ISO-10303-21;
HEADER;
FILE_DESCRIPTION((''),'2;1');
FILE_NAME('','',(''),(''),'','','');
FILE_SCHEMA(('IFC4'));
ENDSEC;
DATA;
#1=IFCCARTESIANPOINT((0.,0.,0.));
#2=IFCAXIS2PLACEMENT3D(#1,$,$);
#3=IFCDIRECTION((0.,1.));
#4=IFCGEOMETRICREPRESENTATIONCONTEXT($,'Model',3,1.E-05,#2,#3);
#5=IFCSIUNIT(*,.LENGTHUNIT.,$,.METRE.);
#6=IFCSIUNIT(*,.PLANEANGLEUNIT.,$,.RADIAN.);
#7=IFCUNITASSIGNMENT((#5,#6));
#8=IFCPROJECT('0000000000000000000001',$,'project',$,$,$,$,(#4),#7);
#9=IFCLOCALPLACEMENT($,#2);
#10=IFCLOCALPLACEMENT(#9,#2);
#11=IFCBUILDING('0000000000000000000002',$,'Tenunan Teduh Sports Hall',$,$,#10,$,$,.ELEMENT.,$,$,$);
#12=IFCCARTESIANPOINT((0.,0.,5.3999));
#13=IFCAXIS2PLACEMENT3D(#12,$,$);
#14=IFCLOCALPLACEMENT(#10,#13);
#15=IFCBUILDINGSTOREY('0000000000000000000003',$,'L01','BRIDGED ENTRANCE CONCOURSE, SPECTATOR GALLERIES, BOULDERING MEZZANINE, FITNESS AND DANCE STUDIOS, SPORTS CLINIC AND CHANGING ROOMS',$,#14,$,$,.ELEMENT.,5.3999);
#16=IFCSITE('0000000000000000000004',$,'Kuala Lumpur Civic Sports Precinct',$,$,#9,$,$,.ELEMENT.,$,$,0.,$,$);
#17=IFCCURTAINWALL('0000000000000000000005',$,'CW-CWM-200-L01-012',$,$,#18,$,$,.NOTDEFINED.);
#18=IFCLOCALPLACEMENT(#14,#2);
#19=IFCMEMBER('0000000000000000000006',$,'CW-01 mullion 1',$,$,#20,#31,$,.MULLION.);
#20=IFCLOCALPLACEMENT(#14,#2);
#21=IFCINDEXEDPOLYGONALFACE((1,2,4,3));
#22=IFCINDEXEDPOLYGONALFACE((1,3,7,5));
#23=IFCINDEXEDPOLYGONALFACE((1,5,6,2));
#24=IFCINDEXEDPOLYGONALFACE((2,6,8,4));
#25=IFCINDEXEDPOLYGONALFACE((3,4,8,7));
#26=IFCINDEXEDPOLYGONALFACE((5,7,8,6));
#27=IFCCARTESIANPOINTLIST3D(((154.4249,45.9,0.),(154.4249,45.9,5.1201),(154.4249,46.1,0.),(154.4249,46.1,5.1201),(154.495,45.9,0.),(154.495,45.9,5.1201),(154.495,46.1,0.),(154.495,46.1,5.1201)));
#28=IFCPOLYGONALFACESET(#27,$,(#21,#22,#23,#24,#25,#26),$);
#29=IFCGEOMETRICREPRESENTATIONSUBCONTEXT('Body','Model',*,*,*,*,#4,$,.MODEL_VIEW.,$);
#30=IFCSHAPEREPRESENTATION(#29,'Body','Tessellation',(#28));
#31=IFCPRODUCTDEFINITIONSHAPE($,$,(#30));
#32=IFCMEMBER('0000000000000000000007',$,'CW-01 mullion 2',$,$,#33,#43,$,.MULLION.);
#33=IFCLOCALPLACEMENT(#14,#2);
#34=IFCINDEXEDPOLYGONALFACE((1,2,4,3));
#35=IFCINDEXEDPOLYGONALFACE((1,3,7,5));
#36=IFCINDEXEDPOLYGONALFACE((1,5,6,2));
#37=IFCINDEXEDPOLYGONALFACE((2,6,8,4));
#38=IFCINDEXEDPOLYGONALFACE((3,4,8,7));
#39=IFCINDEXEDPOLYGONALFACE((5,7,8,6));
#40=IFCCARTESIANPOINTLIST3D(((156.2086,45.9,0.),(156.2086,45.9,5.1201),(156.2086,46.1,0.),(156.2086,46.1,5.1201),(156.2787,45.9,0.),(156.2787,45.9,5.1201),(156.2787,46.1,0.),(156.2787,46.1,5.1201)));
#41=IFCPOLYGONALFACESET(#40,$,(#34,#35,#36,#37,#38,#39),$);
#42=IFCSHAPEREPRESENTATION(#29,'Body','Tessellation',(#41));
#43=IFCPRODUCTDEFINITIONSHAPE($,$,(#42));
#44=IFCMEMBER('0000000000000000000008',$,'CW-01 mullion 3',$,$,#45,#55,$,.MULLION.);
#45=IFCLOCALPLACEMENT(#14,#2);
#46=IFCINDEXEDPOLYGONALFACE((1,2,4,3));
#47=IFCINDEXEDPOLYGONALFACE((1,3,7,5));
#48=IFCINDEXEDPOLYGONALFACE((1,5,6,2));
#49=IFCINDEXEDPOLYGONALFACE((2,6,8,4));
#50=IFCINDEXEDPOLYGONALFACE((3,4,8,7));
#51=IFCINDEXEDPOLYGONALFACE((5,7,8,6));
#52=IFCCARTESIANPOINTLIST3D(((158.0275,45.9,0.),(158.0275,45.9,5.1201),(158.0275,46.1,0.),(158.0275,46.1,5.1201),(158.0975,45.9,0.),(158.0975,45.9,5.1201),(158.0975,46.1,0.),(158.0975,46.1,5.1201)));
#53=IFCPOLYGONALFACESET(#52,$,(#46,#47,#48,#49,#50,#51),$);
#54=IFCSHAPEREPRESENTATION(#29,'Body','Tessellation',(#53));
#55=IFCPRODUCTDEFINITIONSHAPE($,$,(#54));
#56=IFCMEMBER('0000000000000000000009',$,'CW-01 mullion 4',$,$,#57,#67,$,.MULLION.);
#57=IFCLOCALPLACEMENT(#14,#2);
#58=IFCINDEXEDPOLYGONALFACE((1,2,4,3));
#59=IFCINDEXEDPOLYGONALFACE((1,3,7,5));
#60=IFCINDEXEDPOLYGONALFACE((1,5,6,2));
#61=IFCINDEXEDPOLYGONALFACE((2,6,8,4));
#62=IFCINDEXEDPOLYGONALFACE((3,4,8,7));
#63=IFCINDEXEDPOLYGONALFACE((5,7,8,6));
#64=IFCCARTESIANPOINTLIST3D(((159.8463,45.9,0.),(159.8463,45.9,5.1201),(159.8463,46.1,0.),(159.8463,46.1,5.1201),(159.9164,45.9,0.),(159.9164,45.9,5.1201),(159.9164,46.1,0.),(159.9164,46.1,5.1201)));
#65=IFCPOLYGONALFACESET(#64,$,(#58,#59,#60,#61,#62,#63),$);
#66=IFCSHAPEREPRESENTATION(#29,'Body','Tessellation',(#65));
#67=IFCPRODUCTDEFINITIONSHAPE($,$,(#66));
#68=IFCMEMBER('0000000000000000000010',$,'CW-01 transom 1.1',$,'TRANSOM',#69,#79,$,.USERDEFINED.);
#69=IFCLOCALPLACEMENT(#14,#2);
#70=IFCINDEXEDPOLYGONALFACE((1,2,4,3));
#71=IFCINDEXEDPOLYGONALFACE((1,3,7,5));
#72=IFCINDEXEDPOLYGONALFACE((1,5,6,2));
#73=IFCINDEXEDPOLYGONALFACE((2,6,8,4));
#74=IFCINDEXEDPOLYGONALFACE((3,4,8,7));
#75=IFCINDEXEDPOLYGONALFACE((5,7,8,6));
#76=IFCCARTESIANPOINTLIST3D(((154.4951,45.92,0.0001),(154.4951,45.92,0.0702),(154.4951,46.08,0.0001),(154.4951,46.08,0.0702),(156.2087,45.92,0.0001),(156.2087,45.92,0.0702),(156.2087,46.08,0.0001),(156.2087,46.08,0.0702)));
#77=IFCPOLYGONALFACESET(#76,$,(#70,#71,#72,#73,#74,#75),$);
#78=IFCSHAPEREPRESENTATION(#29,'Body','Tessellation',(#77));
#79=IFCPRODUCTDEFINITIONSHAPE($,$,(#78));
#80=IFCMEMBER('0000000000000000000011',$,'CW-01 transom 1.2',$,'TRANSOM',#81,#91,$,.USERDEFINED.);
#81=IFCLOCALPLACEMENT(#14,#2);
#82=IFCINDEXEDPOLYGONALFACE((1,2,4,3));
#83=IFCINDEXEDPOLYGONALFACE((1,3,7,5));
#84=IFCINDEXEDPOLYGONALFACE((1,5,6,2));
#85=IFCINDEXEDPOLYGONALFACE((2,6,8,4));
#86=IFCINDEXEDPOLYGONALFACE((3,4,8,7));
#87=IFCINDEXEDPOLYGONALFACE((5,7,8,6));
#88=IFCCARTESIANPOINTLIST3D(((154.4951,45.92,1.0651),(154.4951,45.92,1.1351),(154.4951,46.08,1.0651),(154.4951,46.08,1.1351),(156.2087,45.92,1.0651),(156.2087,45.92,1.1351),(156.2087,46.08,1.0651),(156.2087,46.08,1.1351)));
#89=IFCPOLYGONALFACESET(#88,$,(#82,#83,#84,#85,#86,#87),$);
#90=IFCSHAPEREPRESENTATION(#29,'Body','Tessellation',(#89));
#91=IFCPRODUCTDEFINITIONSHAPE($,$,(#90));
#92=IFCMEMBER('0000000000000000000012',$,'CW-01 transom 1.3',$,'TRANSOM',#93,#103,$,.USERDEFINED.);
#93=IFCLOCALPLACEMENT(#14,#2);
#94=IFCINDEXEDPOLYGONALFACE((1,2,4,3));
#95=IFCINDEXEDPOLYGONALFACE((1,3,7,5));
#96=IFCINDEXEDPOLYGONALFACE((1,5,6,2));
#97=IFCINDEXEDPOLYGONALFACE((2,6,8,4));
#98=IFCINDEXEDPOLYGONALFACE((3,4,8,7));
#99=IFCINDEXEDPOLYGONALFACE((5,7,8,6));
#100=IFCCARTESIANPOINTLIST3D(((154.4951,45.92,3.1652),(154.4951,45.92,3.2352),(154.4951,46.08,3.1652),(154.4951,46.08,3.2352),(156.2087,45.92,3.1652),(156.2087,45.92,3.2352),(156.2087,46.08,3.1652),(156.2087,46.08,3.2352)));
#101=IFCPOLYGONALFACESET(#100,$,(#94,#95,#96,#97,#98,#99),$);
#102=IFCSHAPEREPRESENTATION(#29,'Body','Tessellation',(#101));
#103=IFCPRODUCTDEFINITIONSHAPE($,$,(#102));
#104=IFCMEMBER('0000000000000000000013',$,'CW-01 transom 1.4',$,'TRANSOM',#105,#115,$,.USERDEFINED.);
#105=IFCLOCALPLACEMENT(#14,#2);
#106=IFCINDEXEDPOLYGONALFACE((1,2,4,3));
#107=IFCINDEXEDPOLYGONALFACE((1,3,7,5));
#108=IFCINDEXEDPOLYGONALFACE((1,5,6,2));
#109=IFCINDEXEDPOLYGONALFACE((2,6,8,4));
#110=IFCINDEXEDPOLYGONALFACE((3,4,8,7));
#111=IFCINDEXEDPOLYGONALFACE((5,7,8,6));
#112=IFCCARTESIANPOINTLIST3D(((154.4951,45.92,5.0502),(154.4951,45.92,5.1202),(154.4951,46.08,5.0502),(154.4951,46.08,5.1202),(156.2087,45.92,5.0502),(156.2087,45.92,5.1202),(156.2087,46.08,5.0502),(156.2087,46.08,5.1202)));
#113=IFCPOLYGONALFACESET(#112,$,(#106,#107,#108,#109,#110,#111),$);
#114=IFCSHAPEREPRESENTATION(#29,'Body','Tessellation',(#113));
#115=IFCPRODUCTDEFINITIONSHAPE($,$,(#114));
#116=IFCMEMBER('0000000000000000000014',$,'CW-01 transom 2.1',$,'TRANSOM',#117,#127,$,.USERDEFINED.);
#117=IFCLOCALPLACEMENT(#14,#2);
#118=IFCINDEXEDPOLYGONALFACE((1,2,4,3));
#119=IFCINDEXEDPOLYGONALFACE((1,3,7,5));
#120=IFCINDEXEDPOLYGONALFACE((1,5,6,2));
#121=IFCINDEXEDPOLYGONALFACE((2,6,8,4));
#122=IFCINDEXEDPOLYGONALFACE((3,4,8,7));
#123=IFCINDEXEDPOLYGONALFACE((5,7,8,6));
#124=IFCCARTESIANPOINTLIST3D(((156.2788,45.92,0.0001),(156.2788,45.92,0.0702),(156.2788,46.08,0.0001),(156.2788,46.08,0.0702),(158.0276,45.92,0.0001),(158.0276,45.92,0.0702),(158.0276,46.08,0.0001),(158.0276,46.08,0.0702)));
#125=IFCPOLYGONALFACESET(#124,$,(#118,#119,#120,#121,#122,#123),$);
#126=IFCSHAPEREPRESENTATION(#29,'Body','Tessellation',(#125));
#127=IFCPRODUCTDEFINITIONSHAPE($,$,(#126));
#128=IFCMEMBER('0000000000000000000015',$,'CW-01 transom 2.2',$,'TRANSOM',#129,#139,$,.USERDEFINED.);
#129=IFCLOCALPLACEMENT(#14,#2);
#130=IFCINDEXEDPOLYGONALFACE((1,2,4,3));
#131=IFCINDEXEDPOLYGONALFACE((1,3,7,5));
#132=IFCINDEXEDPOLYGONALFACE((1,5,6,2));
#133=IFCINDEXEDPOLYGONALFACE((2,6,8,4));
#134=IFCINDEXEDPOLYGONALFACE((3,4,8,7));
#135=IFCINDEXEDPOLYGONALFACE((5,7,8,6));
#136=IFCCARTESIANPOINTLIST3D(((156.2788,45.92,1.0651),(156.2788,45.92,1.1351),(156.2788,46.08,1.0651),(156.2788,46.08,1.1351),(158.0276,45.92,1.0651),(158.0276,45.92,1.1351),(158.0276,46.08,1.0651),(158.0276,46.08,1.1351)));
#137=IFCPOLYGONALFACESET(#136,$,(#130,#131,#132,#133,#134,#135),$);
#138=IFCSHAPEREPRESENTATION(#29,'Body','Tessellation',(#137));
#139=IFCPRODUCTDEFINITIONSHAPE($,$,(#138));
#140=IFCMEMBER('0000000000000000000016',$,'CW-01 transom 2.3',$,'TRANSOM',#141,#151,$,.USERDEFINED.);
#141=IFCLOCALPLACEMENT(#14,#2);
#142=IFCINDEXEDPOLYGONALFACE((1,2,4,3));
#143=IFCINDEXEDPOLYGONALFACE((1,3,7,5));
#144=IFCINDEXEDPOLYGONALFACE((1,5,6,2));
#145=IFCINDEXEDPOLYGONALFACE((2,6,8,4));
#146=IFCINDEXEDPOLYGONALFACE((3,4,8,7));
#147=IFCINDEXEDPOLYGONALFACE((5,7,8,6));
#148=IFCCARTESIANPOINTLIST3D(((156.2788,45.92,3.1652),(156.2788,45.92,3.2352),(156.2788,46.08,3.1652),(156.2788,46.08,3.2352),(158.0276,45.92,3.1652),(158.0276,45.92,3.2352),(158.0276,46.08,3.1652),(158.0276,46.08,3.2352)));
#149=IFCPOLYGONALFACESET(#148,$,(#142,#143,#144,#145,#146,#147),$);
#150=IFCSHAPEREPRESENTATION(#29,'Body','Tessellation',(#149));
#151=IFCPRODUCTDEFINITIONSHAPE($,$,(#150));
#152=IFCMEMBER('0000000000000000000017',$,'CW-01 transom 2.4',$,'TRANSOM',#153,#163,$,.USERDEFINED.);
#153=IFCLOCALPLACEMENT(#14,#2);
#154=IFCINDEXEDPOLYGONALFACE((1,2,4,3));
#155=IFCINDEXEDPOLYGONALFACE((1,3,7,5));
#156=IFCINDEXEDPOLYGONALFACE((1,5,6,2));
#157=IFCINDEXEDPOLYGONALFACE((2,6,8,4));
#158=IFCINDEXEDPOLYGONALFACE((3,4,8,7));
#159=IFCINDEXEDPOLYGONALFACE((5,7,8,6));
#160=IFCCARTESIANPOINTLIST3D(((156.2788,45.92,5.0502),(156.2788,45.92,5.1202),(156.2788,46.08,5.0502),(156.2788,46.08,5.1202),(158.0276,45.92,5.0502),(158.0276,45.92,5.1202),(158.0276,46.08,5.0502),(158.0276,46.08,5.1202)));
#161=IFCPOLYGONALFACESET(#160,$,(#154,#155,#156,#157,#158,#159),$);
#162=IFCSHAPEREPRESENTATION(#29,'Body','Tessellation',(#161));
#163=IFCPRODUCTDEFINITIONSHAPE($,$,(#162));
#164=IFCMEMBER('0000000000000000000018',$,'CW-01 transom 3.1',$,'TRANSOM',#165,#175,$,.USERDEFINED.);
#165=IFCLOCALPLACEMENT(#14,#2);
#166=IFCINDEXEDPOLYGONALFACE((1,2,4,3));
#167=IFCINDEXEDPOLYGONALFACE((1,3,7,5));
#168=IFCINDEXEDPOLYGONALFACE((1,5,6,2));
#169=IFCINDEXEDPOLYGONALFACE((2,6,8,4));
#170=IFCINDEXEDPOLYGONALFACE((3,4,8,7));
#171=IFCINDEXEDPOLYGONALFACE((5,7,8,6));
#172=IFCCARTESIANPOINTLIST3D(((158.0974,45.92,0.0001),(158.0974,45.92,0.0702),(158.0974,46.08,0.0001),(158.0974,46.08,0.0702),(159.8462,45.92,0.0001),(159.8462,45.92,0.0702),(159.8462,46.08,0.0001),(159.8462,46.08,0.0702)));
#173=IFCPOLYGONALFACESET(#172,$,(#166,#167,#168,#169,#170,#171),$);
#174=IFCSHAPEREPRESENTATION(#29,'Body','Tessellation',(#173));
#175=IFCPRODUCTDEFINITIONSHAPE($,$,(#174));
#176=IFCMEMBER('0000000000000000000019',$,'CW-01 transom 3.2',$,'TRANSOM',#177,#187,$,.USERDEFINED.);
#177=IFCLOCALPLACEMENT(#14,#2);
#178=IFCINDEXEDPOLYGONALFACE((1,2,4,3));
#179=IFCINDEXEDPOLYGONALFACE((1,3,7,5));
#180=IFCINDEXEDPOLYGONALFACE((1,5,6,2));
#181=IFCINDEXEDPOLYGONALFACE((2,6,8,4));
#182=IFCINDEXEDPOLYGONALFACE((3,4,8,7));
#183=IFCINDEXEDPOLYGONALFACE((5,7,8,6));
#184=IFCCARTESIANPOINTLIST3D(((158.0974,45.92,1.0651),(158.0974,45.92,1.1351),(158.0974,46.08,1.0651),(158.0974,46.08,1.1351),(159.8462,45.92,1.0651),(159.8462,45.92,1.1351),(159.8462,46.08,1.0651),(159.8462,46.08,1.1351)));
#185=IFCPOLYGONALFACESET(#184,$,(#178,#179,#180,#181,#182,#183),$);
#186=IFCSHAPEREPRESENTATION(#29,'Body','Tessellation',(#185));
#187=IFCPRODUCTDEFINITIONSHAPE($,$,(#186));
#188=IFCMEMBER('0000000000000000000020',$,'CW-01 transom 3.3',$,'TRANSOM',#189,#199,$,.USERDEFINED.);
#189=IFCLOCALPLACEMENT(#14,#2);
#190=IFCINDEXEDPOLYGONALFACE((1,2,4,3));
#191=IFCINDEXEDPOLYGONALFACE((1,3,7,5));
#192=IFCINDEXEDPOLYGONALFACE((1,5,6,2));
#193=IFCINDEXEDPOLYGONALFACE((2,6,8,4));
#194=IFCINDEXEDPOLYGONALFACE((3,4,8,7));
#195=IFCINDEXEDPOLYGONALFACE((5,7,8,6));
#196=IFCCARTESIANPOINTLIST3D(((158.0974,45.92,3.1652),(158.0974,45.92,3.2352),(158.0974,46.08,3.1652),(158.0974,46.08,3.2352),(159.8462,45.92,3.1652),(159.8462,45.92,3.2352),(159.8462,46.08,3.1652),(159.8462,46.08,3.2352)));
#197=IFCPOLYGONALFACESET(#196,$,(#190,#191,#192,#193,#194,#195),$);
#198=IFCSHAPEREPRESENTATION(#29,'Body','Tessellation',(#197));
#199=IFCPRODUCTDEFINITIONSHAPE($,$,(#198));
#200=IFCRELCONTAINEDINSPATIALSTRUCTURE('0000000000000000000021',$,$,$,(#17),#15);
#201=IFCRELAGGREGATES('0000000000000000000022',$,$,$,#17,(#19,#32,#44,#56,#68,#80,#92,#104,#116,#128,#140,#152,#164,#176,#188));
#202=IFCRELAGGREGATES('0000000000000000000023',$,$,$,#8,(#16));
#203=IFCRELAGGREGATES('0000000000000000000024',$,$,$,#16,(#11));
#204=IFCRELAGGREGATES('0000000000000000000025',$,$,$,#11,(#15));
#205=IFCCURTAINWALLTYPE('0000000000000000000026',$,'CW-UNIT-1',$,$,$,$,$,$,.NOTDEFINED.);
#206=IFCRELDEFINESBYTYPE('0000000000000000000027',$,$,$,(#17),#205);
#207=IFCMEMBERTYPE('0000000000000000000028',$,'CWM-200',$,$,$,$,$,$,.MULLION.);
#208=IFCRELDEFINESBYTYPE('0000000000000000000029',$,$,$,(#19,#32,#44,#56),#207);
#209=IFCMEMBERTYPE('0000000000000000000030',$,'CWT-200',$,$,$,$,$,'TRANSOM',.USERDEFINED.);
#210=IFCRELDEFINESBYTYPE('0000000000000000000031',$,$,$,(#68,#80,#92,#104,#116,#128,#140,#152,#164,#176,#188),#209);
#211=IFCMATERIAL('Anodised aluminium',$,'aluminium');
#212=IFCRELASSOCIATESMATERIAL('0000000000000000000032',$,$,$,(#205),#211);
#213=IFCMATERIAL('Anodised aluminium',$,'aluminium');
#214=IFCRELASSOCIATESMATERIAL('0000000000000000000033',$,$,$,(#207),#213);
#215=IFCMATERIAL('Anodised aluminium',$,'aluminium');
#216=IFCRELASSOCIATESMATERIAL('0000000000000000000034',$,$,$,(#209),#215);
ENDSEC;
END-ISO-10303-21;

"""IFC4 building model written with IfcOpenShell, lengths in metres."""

from ifc_helpers import new_model, si_unit, direction, frame, origin, origin_2d, place, context, subcontext, project, spatial, rectangle, extrude, material, material_profile, profile_set, type_object, element, aggregate, save


model = new_model("IFC4")

# Units and contexts
model_context = context("Model", 3, precision=1e-05, world=origin(), true_north=direction((0.0, 1.0)))
body_context = subcontext(model_context, "Body", "Model", "MODEL_VIEW")
ifc_project = project(units=[si_unit("LENGTHUNIT", "METRE"), si_unit("PLANEANGLEUNIT", "RADIAN")], contexts=[model_context])

# Site, building, storey
site_placement = place(None, origin())
site = spatial("IfcSite", under=ifc_project, at=site_placement, Name="Kuala Lumpur Civic Sports Precinct", CompositionType="ELEMENT", RefElevation=0.0)
building_placement = place(site_placement, origin())
building = spatial("IfcBuilding", under=site, at=building_placement, Name="Tenunan Teduh Sports Hall", CompositionType="ELEMENT")
storey_placement = place(building_placement, frame((0.0, 0.0, 5.3999)))
storey = spatial("IfcBuildingStorey", under=building, at=storey_placement, Name="L01", Description="BRIDGED ENTRANCE CONCOURSE, SPECTATOR GALLERIES, BOULDERING MEZZANINE, FITNESS AND DANCE STUDIOS, SPORTS CLINIC AND CHANGING ROOMS", CompositionType="ELEMENT", Elevation=5.3999)

# Curtain wall, members
ifc_material_1 = material(Name="Anodised aluminium", Category="aluminium")
curtain_wall_type = type_object("IfcCurtainWallType", Name="CW-UNIT-1", PredefinedType="NOTDEFINED", material=ifc_material_1)
curtain_wall_placement = place(storey_placement, origin())
curtain_wall = element("IfcCurtainWall", 1, at=curtain_wall_placement, inside=storey, type_object=curtain_wall_type, Name="CW-CWM-200-L01-012", PredefinedType="NOTDEFINED")
ifc_material_2 = material(Name="Anodised aluminium", Category="aluminium")
ifc_material_profile_1 = material_profile(ifc_material_2, rectangle(XDim=0.0701, YDim=0.2, at=origin_2d()), Name="CWM 70x200")
ifc_profile_set_1 = profile_set([ifc_material_profile_1], Name="Anodised aluminium")
member_type_1 = type_object("IfcMemberType", Name="CWM-200", PredefinedType="MULLION", material=ifc_profile_set_1)
member_1_placement = place(storey_placement, frame((154.46, 46.0, 0.0), z_axis=(0.0, 0.0, 1.0), x_axis=(1.0, 0.0, 0.0)))
member_1 = element("IfcMember", 2, at=member_1_placement, type_object=member_type_1, Name="CW-01 mullion 1", PredefinedType="MULLION", context=body_context, shape_type="SweptSolid", body=[
    extrude(rectangle(XDim=0.0701, YDim=0.2, at=origin_2d()), origin(), (0.0, 0.0, 1.0), 5.1201),
])
member_2_placement = place(storey_placement, frame((156.2437, 46.0, 0.0), z_axis=(0.0, 0.0, 1.0), x_axis=(1.0, 0.0, 0.0)))
member_2 = element("IfcMember", 3, at=member_2_placement, type_object=member_type_1, Name="CW-01 mullion 2", PredefinedType="MULLION", context=body_context, shape_type="SweptSolid", body=[
    extrude(rectangle(XDim=0.0701, YDim=0.2, at=origin_2d()), origin(), (0.0, 0.0, 1.0), 5.1201),
])
member_3_placement = place(storey_placement, frame((158.0625, 46.0, 0.0), z_axis=(0.0, 0.0, 1.0), x_axis=(1.0, 0.0, 0.0)))
member_3 = element("IfcMember", 4, at=member_3_placement, type_object=member_type_1, Name="CW-01 mullion 3", PredefinedType="MULLION", context=body_context, shape_type="SweptSolid", body=[
    extrude(rectangle(XDim=0.0701, YDim=0.2, at=origin_2d()), origin(), (0.0, 0.0, 1.0), 5.1201),
])
member_4_placement = place(storey_placement, frame((159.8813, 46.0, 0.0), z_axis=(0.0, 0.0, 1.0), x_axis=(1.0, 0.0, 0.0)))
member_4 = element("IfcMember", 5, at=member_4_placement, type_object=member_type_1, Name="CW-01 mullion 4", PredefinedType="MULLION", context=body_context, shape_type="SweptSolid", body=[
    extrude(rectangle(XDim=0.0701, YDim=0.2, at=origin_2d()), origin(), (0.0, 0.0, 1.0), 5.1201),
])
ifc_material_3 = material(Name="Anodised aluminium", Category="aluminium")
ifc_material_profile_2 = material_profile(ifc_material_3, rectangle(XDim=0.0701, YDim=0.1599, at=origin_2d()), Name="CWT 70x160")
ifc_profile_set_2 = profile_set([ifc_material_profile_2], Name="Anodised aluminium")
member_type_2 = type_object("IfcMemberType", Name="CWT-200", ElementType="TRANSOM", PredefinedType="USERDEFINED", material=ifc_profile_set_2)
member_5_placement = place(storey_placement, frame((154.4951, 46.0, 0.0352), z_axis=(1.0, 0.0, 0.0), x_axis=(0.0, 0.0, 1.0)))
member_5 = element("IfcMember", 6, at=member_5_placement, type_object=member_type_2, Name="CW-01 transom 1.1", ObjectType="TRANSOM", PredefinedType="USERDEFINED", context=body_context, shape_type="SweptSolid", body=[
    extrude(rectangle(XDim=0.0701, YDim=0.1599, at=origin_2d()), origin(), (0.0, 0.0, 1.0), 1.7136),
])
member_6_placement = place(storey_placement, frame((154.4951, 46.0, 1.1001), z_axis=(1.0, 0.0, 0.0), x_axis=(0.0, 0.0, 1.0)))
member_6 = element("IfcMember", 7, at=member_6_placement, type_object=member_type_2, Name="CW-01 transom 1.2", ObjectType="TRANSOM", PredefinedType="USERDEFINED", context=body_context, shape_type="SweptSolid", body=[
    extrude(rectangle(XDim=0.0701, YDim=0.1599, at=origin_2d()), origin(), (0.0, 0.0, 1.0), 1.7136),
])
member_7_placement = place(storey_placement, frame((154.4951, 46.0, 3.2002), z_axis=(1.0, 0.0, 0.0), x_axis=(0.0, 0.0, 1.0)))
member_7 = element("IfcMember", 8, at=member_7_placement, type_object=member_type_2, Name="CW-01 transom 1.3", ObjectType="TRANSOM", PredefinedType="USERDEFINED", context=body_context, shape_type="SweptSolid", body=[
    extrude(rectangle(XDim=0.0701, YDim=0.1599, at=origin_2d()), origin(), (0.0, 0.0, 1.0), 1.7136),
])
member_8_placement = place(storey_placement, frame((154.4951, 46.0, 5.0852), z_axis=(1.0, 0.0, 0.0), x_axis=(0.0, 0.0, 1.0)))
member_8 = element("IfcMember", 9, at=member_8_placement, type_object=member_type_2, Name="CW-01 transom 1.4", ObjectType="TRANSOM", PredefinedType="USERDEFINED", context=body_context, shape_type="SweptSolid", body=[
    extrude(rectangle(XDim=0.0701, YDim=0.1599, at=origin_2d()), origin(), (0.0, 0.0, 1.0), 1.7136),
])
member_9_placement = place(storey_placement, frame((156.2788, 46.0, 0.0352), z_axis=(1.0, 0.0, 0.0), x_axis=(0.0, 0.0, 1.0)))
member_9 = element("IfcMember", 10, at=member_9_placement, type_object=member_type_2, Name="CW-01 transom 2.1", ObjectType="TRANSOM", PredefinedType="USERDEFINED", context=body_context, shape_type="SweptSolid", body=[
    extrude(rectangle(XDim=0.0701, YDim=0.1599, at=origin_2d()), origin(), (0.0, 0.0, 1.0), 1.7488),
])
member_10_placement = place(storey_placement, frame((156.2788, 46.0, 1.1001), z_axis=(1.0, 0.0, 0.0), x_axis=(0.0, 0.0, 1.0)))
member_10 = element("IfcMember", 11, at=member_10_placement, type_object=member_type_2, Name="CW-01 transom 2.2", ObjectType="TRANSOM", PredefinedType="USERDEFINED", context=body_context, shape_type="SweptSolid", body=[
    extrude(rectangle(XDim=0.0701, YDim=0.1599, at=origin_2d()), origin(), (0.0, 0.0, 1.0), 1.7488),
])
member_11_placement = place(storey_placement, frame((156.2788, 46.0, 3.2002), z_axis=(1.0, 0.0, 0.0), x_axis=(0.0, 0.0, 1.0)))
member_11 = element("IfcMember", 12, at=member_11_placement, type_object=member_type_2, Name="CW-01 transom 2.3", ObjectType="TRANSOM", PredefinedType="USERDEFINED", context=body_context, shape_type="SweptSolid", body=[
    extrude(rectangle(XDim=0.0701, YDim=0.1599, at=origin_2d()), origin(), (0.0, 0.0, 1.0), 1.7488),
])
member_12_placement = place(storey_placement, frame((156.2788, 46.0, 5.0852), z_axis=(1.0, 0.0, 0.0), x_axis=(0.0, 0.0, 1.0)))
member_12 = element("IfcMember", 13, at=member_12_placement, type_object=member_type_2, Name="CW-01 transom 2.4", ObjectType="TRANSOM", PredefinedType="USERDEFINED", context=body_context, shape_type="SweptSolid", body=[
    extrude(rectangle(XDim=0.0701, YDim=0.1599, at=origin_2d()), origin(), (0.0, 0.0, 1.0), 1.7488),
])
member_13_placement = place(storey_placement, frame((158.0974, 46.0, 0.0352), z_axis=(1.0, 0.0, 0.0), x_axis=(0.0, 0.0, 1.0)))
member_13 = element("IfcMember", 14, at=member_13_placement, type_object=member_type_2, Name="CW-01 transom 3.1", ObjectType="TRANSOM", PredefinedType="USERDEFINED", context=body_context, shape_type="SweptSolid", body=[
    extrude(rectangle(XDim=0.0701, YDim=0.1599, at=origin_2d()), origin(), (0.0, 0.0, 1.0), 1.7488),
])
member_14_placement = place(storey_placement, frame((158.0974, 46.0, 1.1001), z_axis=(1.0, 0.0, 0.0), x_axis=(0.0, 0.0, 1.0)))
member_14 = element("IfcMember", 15, at=member_14_placement, type_object=member_type_2, Name="CW-01 transom 3.2", ObjectType="TRANSOM", PredefinedType="USERDEFINED", context=body_context, shape_type="SweptSolid", body=[
    extrude(rectangle(XDim=0.0701, YDim=0.1599, at=origin_2d()), origin(), (0.0, 0.0, 1.0), 1.7488),
])
member_15_placement = place(storey_placement, frame((158.0974, 46.0, 3.2002), z_axis=(1.0, 0.0, 0.0), x_axis=(0.0, 0.0, 1.0)))
member_15 = element("IfcMember", 16, at=member_15_placement, type_object=member_type_2, Name="CW-01 transom 3.3", ObjectType="TRANSOM", PredefinedType="USERDEFINED", context=body_context, shape_type="SweptSolid", body=[
    extrude(rectangle(XDim=0.0701, YDim=0.1599, at=origin_2d()), origin(), (0.0, 0.0, 1.0), 1.7488),
])

aggregate(curtain_wall, [member_1, member_2, member_3, member_4, member_5, member_6, member_7, member_8, member_9, member_10, member_11, member_12, member_13, member_14, member_15])

save(model, "model.ifc")
